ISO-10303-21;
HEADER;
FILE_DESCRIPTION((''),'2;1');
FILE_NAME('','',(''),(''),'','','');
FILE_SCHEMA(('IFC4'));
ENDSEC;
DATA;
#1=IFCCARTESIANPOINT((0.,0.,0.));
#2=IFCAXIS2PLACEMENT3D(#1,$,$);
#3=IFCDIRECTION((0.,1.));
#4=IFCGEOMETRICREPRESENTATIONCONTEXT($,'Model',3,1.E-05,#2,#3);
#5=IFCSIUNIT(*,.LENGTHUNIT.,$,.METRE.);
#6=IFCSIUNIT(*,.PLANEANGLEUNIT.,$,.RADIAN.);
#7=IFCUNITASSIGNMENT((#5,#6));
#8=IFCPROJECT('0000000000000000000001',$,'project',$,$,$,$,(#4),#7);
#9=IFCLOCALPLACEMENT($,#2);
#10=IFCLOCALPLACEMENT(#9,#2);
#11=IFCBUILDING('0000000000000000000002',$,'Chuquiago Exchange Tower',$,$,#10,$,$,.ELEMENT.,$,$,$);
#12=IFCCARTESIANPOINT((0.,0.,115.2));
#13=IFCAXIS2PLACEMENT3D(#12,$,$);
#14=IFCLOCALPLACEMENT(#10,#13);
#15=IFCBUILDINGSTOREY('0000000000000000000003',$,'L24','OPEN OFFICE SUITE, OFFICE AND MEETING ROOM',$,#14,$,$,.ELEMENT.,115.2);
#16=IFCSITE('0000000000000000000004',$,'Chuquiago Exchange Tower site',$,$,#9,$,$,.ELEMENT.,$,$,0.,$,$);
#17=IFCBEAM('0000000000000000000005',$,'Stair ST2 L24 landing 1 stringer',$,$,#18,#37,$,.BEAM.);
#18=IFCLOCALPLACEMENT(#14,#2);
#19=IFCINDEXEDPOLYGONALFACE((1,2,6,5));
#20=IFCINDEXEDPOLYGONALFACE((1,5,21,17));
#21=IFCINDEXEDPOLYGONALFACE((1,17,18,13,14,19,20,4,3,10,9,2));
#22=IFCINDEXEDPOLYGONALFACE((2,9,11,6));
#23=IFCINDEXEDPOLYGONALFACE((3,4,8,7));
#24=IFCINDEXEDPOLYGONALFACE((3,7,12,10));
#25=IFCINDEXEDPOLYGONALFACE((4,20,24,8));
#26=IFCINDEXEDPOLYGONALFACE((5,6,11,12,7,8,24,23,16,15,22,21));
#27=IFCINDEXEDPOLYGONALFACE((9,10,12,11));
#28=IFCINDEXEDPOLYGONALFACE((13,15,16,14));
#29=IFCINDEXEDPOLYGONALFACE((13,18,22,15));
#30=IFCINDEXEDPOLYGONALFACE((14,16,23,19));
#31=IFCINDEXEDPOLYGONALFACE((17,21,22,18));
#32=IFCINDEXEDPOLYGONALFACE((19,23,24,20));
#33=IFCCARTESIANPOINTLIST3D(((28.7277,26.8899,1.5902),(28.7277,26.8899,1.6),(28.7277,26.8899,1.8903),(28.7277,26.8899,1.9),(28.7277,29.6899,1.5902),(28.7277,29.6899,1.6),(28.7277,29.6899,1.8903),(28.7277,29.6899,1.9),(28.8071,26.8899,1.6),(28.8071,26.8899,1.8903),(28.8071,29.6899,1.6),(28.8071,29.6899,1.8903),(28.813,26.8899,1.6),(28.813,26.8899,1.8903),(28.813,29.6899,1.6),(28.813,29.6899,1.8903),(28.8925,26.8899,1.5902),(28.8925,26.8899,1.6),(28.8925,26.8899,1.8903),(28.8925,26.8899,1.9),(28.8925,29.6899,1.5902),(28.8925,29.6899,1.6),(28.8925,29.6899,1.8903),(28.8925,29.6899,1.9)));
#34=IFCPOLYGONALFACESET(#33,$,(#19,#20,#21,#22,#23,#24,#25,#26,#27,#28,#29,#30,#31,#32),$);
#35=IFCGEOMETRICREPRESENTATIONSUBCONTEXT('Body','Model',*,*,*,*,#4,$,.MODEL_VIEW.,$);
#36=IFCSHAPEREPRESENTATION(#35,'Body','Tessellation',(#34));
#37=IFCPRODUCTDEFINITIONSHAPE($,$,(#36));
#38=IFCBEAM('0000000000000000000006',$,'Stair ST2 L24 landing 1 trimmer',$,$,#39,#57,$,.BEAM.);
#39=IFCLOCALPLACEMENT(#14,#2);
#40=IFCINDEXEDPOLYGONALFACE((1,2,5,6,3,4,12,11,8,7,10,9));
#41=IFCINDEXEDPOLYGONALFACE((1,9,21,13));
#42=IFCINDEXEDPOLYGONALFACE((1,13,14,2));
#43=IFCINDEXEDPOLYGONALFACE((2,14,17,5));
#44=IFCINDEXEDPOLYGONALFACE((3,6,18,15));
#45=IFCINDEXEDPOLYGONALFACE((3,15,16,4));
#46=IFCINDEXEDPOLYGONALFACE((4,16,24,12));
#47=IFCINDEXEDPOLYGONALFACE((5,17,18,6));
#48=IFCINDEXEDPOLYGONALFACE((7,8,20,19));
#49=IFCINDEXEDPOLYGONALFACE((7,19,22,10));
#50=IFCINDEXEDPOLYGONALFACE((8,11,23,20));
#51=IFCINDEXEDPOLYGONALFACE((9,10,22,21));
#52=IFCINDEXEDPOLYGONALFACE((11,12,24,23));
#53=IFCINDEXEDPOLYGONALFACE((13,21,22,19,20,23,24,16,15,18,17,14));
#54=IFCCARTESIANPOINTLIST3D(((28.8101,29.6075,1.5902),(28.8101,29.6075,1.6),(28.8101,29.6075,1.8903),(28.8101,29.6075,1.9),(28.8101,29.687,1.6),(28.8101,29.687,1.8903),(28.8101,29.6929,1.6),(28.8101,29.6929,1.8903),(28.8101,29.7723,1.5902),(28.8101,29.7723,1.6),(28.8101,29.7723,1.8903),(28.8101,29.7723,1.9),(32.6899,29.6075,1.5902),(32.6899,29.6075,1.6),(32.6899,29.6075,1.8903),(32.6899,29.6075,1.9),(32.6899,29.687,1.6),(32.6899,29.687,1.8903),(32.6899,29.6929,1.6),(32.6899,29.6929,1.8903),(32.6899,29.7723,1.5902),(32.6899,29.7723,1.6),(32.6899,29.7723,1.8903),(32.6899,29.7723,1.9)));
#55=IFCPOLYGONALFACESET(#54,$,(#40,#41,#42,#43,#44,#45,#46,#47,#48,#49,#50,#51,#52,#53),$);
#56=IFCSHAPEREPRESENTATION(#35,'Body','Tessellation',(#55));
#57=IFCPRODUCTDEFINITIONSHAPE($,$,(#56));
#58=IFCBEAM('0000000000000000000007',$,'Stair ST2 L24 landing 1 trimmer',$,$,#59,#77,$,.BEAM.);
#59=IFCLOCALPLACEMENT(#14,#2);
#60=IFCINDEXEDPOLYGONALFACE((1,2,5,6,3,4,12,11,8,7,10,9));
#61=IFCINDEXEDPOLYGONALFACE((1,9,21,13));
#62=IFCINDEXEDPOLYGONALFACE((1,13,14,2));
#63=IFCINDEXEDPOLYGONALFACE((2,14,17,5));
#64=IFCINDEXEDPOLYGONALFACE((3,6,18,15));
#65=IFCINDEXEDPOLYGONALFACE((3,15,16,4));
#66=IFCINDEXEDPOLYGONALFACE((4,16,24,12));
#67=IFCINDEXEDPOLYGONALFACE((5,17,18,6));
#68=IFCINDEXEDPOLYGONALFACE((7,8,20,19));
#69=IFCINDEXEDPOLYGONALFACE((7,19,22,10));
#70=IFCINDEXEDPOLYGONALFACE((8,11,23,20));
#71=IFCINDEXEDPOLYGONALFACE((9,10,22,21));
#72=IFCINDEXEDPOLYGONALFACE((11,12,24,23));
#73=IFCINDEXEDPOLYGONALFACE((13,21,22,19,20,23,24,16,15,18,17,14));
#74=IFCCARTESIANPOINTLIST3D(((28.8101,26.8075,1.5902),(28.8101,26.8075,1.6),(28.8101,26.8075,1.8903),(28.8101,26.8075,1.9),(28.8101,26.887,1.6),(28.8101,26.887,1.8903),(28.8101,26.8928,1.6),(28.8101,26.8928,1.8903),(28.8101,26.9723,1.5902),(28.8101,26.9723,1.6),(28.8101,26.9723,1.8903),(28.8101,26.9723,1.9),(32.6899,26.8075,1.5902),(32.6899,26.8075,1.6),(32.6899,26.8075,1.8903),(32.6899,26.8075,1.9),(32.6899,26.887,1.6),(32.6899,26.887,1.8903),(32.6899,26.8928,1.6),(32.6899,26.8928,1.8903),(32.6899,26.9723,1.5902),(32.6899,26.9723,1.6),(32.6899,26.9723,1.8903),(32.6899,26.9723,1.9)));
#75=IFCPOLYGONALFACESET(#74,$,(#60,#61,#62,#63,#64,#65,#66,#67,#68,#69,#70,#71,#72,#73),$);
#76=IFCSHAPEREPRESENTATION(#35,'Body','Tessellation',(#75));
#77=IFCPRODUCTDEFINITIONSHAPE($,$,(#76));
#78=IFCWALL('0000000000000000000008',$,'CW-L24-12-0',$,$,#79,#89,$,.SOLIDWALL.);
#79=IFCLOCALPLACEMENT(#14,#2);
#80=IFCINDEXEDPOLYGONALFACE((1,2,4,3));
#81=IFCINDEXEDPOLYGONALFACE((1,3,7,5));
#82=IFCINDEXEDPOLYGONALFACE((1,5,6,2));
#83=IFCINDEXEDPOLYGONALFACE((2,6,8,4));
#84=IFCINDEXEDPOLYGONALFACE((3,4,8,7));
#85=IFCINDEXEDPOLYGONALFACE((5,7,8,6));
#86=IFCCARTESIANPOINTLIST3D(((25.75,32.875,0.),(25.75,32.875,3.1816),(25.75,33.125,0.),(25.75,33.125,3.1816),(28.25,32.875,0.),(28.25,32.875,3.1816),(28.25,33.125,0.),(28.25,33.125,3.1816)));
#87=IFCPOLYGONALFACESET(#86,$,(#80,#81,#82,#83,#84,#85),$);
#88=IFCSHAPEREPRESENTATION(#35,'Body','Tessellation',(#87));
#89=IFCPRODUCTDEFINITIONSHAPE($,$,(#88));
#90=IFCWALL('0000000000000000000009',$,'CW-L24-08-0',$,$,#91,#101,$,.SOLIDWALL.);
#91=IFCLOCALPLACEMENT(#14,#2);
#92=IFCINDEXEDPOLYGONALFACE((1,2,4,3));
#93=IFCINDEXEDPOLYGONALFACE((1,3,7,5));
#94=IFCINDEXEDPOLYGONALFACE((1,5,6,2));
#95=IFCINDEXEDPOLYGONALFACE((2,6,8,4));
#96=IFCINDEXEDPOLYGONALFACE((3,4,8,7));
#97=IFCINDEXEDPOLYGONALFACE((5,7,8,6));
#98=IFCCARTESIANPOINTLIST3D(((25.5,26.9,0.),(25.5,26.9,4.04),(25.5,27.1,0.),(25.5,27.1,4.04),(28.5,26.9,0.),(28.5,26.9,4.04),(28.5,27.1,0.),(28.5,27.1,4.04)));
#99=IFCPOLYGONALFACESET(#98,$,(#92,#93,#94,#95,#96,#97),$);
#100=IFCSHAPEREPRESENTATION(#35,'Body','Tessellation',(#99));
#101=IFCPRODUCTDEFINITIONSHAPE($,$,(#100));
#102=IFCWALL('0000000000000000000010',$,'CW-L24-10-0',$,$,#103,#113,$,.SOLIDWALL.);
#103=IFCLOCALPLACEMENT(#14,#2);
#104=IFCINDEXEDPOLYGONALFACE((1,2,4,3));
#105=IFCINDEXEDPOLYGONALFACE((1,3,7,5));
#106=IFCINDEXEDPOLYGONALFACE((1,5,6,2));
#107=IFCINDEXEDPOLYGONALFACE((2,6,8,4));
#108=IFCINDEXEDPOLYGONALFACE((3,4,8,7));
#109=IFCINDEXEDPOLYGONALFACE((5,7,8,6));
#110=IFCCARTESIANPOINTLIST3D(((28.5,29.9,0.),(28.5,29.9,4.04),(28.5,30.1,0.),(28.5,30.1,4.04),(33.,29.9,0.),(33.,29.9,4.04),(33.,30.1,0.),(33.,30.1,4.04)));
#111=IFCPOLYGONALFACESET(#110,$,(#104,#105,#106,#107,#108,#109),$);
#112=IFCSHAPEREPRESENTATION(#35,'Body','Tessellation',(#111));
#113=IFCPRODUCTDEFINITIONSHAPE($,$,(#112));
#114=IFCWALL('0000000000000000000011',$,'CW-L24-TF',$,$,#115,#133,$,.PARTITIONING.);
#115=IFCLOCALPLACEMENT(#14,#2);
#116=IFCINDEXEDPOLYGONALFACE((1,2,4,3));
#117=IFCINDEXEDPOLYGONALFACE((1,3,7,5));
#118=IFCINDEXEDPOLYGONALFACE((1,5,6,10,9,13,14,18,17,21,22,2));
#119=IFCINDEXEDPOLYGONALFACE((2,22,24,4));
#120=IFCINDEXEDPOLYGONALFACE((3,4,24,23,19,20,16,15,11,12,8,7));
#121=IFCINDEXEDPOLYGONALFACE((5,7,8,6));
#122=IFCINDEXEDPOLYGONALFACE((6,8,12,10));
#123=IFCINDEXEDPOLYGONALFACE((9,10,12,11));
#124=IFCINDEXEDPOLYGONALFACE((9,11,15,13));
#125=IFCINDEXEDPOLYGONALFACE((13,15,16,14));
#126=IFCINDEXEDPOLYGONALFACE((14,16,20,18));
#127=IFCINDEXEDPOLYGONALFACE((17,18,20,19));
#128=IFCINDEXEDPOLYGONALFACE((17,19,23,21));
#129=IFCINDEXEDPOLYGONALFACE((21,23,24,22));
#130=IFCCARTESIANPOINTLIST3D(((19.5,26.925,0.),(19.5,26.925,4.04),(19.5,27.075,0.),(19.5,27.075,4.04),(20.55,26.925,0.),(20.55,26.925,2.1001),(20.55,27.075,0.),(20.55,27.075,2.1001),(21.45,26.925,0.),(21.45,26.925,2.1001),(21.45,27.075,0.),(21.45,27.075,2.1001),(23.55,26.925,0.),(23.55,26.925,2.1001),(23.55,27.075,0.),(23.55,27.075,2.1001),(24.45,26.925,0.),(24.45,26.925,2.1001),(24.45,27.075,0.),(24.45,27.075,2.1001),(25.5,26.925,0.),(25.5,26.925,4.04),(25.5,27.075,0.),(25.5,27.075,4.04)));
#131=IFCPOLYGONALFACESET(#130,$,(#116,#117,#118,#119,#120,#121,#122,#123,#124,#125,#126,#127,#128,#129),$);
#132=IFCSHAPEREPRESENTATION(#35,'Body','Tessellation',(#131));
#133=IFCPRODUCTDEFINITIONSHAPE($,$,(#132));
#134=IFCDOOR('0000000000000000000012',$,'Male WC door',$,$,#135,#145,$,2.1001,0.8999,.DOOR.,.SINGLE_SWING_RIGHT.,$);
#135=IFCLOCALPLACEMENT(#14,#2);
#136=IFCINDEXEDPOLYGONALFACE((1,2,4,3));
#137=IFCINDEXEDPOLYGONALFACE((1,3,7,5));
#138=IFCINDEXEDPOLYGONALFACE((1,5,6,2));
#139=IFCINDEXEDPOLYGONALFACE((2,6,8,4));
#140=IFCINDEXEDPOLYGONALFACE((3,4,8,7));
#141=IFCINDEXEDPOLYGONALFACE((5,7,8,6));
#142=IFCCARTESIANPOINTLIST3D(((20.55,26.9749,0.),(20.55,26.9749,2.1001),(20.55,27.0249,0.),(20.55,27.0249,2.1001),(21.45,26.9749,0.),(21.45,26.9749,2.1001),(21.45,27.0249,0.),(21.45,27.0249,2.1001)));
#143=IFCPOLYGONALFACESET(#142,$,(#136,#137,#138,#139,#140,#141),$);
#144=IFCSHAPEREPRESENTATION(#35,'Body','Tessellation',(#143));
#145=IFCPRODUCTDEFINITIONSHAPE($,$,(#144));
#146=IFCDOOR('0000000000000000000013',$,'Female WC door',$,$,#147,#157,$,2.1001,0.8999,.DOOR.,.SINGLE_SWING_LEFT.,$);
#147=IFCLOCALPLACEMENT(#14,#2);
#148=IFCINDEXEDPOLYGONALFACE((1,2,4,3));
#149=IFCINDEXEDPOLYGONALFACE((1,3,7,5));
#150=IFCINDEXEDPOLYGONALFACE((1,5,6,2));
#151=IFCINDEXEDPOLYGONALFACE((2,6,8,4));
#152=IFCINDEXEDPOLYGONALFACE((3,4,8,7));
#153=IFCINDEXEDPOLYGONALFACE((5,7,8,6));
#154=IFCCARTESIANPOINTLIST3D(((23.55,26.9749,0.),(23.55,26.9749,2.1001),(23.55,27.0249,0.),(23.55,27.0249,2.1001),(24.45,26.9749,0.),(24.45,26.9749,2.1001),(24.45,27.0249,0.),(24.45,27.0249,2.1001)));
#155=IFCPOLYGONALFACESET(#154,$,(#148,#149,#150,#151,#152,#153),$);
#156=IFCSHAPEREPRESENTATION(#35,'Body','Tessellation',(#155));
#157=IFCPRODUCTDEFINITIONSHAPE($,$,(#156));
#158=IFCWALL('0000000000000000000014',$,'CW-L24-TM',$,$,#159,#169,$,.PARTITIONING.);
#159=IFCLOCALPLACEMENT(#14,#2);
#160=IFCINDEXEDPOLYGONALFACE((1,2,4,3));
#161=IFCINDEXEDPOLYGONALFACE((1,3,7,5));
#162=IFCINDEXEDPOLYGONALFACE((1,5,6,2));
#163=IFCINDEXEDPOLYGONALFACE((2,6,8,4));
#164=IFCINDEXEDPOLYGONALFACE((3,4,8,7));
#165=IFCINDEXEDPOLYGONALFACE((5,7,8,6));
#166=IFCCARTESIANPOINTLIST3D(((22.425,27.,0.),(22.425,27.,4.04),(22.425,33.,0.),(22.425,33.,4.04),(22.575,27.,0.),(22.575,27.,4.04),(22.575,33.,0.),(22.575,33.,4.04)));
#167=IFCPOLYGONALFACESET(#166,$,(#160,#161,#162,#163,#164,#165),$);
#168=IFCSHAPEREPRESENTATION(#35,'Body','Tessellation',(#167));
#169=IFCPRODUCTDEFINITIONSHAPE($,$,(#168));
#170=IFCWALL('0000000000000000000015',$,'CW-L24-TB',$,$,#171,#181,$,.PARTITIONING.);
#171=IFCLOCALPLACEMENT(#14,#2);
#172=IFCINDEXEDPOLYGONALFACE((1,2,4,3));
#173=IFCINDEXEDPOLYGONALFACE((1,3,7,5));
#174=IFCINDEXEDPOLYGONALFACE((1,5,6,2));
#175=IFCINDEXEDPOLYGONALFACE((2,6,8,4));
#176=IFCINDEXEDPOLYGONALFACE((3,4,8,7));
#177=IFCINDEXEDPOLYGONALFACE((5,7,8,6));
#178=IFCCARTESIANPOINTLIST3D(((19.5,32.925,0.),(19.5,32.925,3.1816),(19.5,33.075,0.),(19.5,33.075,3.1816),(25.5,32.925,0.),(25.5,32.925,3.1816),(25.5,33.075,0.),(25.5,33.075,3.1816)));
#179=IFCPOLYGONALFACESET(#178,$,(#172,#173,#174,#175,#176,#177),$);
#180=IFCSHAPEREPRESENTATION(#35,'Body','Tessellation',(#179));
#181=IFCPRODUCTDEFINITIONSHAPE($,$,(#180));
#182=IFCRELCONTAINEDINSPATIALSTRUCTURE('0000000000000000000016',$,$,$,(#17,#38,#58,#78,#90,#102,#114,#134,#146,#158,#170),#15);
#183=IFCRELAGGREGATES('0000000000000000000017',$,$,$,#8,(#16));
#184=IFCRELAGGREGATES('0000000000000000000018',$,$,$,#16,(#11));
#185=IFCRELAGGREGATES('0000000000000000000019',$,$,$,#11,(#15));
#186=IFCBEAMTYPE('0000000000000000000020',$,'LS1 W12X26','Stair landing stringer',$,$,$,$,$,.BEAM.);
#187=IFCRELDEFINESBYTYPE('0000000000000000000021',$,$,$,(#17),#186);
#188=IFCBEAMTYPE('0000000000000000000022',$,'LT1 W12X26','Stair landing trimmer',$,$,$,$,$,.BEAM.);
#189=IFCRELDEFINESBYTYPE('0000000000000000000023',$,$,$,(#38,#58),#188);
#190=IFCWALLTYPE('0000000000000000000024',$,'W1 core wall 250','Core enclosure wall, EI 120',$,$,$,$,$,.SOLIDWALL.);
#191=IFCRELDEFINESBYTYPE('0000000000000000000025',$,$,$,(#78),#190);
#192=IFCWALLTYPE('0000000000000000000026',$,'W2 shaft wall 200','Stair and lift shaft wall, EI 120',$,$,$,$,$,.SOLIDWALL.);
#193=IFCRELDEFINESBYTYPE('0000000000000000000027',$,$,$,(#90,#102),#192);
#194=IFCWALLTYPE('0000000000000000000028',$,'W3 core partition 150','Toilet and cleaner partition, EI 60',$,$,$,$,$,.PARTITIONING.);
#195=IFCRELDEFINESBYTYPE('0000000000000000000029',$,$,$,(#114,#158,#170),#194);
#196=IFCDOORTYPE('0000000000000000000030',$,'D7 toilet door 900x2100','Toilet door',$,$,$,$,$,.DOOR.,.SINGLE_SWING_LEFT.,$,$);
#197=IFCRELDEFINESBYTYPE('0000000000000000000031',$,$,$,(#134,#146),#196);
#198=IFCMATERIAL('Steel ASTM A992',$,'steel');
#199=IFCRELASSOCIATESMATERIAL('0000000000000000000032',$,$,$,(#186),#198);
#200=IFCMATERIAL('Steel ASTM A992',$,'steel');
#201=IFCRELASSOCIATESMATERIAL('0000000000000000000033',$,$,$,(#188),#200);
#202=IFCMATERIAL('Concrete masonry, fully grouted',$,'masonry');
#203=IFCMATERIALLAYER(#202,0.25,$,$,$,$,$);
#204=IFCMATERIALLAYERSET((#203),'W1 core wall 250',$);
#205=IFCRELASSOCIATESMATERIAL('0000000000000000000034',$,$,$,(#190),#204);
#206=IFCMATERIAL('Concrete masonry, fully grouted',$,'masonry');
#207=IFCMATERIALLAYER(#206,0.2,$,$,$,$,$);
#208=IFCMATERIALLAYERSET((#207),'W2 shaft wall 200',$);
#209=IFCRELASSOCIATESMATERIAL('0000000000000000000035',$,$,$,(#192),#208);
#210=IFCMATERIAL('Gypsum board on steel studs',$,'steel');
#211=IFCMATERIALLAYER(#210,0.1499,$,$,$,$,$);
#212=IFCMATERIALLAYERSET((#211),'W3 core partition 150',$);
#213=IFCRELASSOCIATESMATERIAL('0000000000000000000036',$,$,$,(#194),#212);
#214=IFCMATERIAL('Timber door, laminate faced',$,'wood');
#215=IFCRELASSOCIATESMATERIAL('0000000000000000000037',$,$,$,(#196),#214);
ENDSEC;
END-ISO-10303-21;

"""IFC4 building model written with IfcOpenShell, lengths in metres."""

from ifc_helpers import new_model, si_unit, direction, frame, frame_2d, origin, origin_2d, place, context, subcontext, project, spatial, rectangle, i_section, extrude, material, layer, layer_set, material_profile, profile_set, type_object, element, fill, save


model = new_model("IFC4")

# Units and contexts
model_context = context("Model", 3, precision=1e-05, world=origin(), true_north=direction((0.0, 1.0)))
body_context = subcontext(model_context, "Body", "Model", "MODEL_VIEW")
ifc_project = project(units=[si_unit("LENGTHUNIT", "METRE"), si_unit("PLANEANGLEUNIT", "RADIAN")], contexts=[model_context])

# Site, building, storey
site_placement = place(None, origin())
site = spatial("IfcSite", under=ifc_project, at=site_placement, Name="Chuquiago Exchange Tower site", CompositionType="ELEMENT", RefElevation=0.0)
building_placement = place(site_placement, origin())
building = spatial("IfcBuilding", under=site, at=building_placement, Name="Chuquiago Exchange Tower", CompositionType="ELEMENT")
storey_placement = place(building_placement, frame((0.0, 0.0, 115.2)))
storey = spatial("IfcBuildingStorey", under=building, at=storey_placement, Name="L24", Description="OPEN OFFICE SUITE, OFFICE AND MEETING ROOM", CompositionType="ELEMENT", Elevation=115.2)

# Beams
ifc_material_1 = material(Name="Steel ASTM A992", Category="steel")
ifc_material_profile_1 = material_profile(ifc_material_1, i_section(OverallWidth=0.1648, OverallDepth=0.3098, WebThickness=0.0059, FlangeThickness=0.0098, at=origin_2d()), Name="W12X26")
ifc_profile_set_1 = profile_set([ifc_material_profile_1], Name="Steel ASTM A992")
beam_type_1 = type_object("IfcBeamType", Name="LS1 W12X26", Description="Stair landing stringer", PredefinedType="BEAM", material=ifc_profile_set_1)
beam_1_placement = place(storey_placement, frame((28.8101, 26.8899, 1.7451), z_axis=(0.0, 1.0, 0.0), x_axis=(-1.0, 0.0, 0.0)))
element("IfcBeam", 1, at=beam_1_placement, inside=storey, type_object=beam_type_1, Name="Stair ST2 L24 landing 1 stringer", PredefinedType="BEAM", context=body_context, shape_type="SweptSolid", body=[
    extrude(i_section(OverallWidth=0.1648, OverallDepth=0.3098, WebThickness=0.0059, FlangeThickness=0.0098, at=origin_2d()), origin(), (0.0, 0.0, 1.0), 2.8),
])
ifc_material_2 = material(Name="Steel ASTM A992", Category="steel")
ifc_material_profile_2 = material_profile(ifc_material_2, i_section(OverallWidth=0.1648, OverallDepth=0.3098, WebThickness=0.0059, FlangeThickness=0.0098, at=origin_2d()), Name="W12X26")
ifc_profile_set_2 = profile_set([ifc_material_profile_2], Name="Steel ASTM A992")
beam_type_2 = type_object("IfcBeamType", Name="LT1 W12X26", Description="Stair landing trimmer", PredefinedType="BEAM", material=ifc_profile_set_2)
for number, where, z_axis, x_axis, name in (
    (2, (28.8101, 29.6899, 1.7451), (1.0, 0.0, 0.0), (0.0, 1.0, 0.0), "Stair ST2 L24 landing 1 trimmer"),
    (3, (28.8101, 26.8899, 1.7451), (1.0, 0.0, 0.0), (0.0, 1.0, 0.0), "Stair ST2 L24 landing 1 trimmer"),
):
    element("IfcBeam", number, at=place(storey_placement, frame(where, z_axis=z_axis, x_axis=x_axis)), inside=storey, type_object=beam_type_2, Name=name, PredefinedType="BEAM", context=body_context, shape_type="SweptSolid", body=[
        extrude(i_section(OverallWidth=0.1648, OverallDepth=0.3098, WebThickness=0.0059, FlangeThickness=0.0098, at=origin_2d()), origin(), (0.0, 0.0, 1.0), 3.8799),
    ])

# Walls
ifc_material_3 = material(Name="Concrete masonry, fully grouted", Category="masonry")
ifc_layer_1 = layer(ifc_material_3, 0.25)
ifc_layer_set_1 = layer_set([ifc_layer_1], Name="W1 core wall 250")
wall_type_1 = type_object("IfcWallType", Name="W1 core wall 250", Description="Core enclosure wall, EI 120", PredefinedType="SOLIDWALL", material=ifc_layer_set_1)
wall_1_placement = place(storey_placement, frame((25.75, 33.0, 0.0), z_axis=(0.0, 0.0, 1.0), x_axis=(1.0, 0.0, 0.0)))
element("IfcWall", 4, at=wall_1_placement, inside=storey, type_object=wall_type_1, Name="CW-L24-12-0", PredefinedType="SOLIDWALL", context=body_context, shape_type="SweptSolid", body=[
    extrude(rectangle(XDim=2.5, YDim=0.25, at=frame_2d((1.25, 0.0))), origin(), (0.0, 0.0, 1.0), 3.1816),
])
ifc_material_4 = material(Name="Concrete masonry, fully grouted", Category="masonry")
ifc_layer_2 = layer(ifc_material_4, 0.2)
ifc_layer_set_2 = layer_set([ifc_layer_2], Name="W2 shaft wall 200")
wall_type_2 = type_object("IfcWallType", Name="W2 shaft wall 200", Description="Stair and lift shaft wall, EI 120", PredefinedType="SOLIDWALL", material=ifc_layer_set_2)
wall_2_placement = place(storey_placement, frame((25.5, 27.0, 0.0), z_axis=(0.0, 0.0, 1.0), x_axis=(1.0, 0.0, 0.0)))
element("IfcWall", 5, at=wall_2_placement, inside=storey, type_object=wall_type_2, Name="CW-L24-08-0", PredefinedType="SOLIDWALL", context=body_context, shape_type="SweptSolid", body=[
    extrude(rectangle(XDim=3.0, YDim=0.2, at=frame_2d((1.5, 0.0))), origin(), (0.0, 0.0, 1.0), 4.04),
])
wall_3_placement = place(storey_placement, frame((28.5, 30.0, 0.0), z_axis=(0.0, 0.0, 1.0), x_axis=(1.0, 0.0, 0.0)))
element("IfcWall", 6, at=wall_3_placement, inside=storey, type_object=wall_type_2, Name="CW-L24-10-0", PredefinedType="SOLIDWALL", context=body_context, shape_type="SweptSolid", body=[
    extrude(rectangle(XDim=4.5, YDim=0.2, at=frame_2d((2.25, 0.0))), origin(), (0.0, 0.0, 1.0), 4.04),
])

# Wall, openings, doors
ifc_material_5 = material(Name="Gypsum board on steel studs", Category="steel")
ifc_layer_3 = layer(ifc_material_5, 0.1499)
ifc_layer_set_3 = layer_set([ifc_layer_3], Name="W3 core partition 150")
wall_type_3 = type_object("IfcWallType", Name="W3 core partition 150", Description="Toilet and cleaner partition, EI 60", PredefinedType="PARTITIONING", material=ifc_layer_set_3)
wall_4_placement = place(storey_placement, frame((19.5, 27.0, 0.0), z_axis=(0.0, 0.0, 1.0), x_axis=(1.0, 0.0, 0.0)))
wall_4 = element("IfcWall", 7, at=wall_4_placement, inside=storey, type_object=wall_type_3, Name="CW-L24-TF", PredefinedType="PARTITIONING", context=body_context, shape_type="SweptSolid", body=[
    extrude(rectangle(XDim=6.0, YDim=0.1499, at=frame_2d((3.0, 0.0))), origin(), (0.0, 0.0, 1.0), 4.04),
])
opening_1_placement = place(wall_4_placement, frame((1.05, 0.0, 0.0)))
opening_1 = element("IfcOpeningElement", 8, at=opening_1_placement, cuts=wall_4, PredefinedType="OPENING", context=body_context, shape_type="SweptSolid", body=[
    extrude(rectangle(XDim=0.8999, YDim=2.1001, at=frame_2d((0.45, 1.05))), frame((0.0, 0.085, 0.0), z_axis=(0.0, -1.0, 0.0), x_axis=(1.0, 0.0, 0.0)), (0.0, 0.0, 1.0), 0.1699),
])
opening_2_placement = place(wall_4_placement, frame((4.05, 0.0, 0.0)))
opening_2 = element("IfcOpeningElement", 9, at=opening_2_placement, cuts=wall_4, PredefinedType="OPENING", context=body_context, shape_type="SweptSolid", body=[
    extrude(rectangle(XDim=0.8999, YDim=2.1001, at=frame_2d((0.45, 1.05))), frame((0.0, 0.085, 0.0), z_axis=(0.0, -1.0, 0.0), x_axis=(1.0, 0.0, 0.0)), (0.0, 0.0, 1.0), 0.1699),
])
ifc_material_6 = material(Name="Timber door, laminate faced", Category="wood")
door_type = type_object("IfcDoorType", Name="D7 toilet door 900x2100", Description="Toilet door", OperationType="SINGLE_SWING_LEFT", PredefinedType="DOOR", material=ifc_material_6)
door_1_placement = place(opening_1_placement, origin())
door_1 = element("IfcDoor", 10, at=door_1_placement, inside=storey, type_object=door_type, Name="Male WC door", OperationType="SINGLE_SWING_RIGHT", OverallHeight=2.1001, OverallWidth=0.8999, PredefinedType="DOOR", context=body_context, shape_type="SweptSolid", body=[
    extrude(rectangle(XDim=0.8999, YDim=2.1001, at=frame_2d((0.45, 1.05))), frame((0.0, 0.0249, 0.0), z_axis=(0.0, -1.0, 0.0), x_axis=(1.0, 0.0, 0.0)), (0.0, 0.0, 1.0), 0.05),
])
fill(opening_1, door_1)
door_2_placement = place(opening_2_placement, origin())
door_2 = element("IfcDoor", 11, at=door_2_placement, inside=storey, type_object=door_type, Name="Female WC door", OperationType="SINGLE_SWING_LEFT", OverallHeight=2.1001, OverallWidth=0.8999, PredefinedType="DOOR", context=body_context, shape_type="SweptSolid", body=[
    extrude(rectangle(XDim=0.8999, YDim=2.1001, at=frame_2d((0.45, 1.05))), frame((0.0, 0.0249, 0.0), z_axis=(0.0, -1.0, 0.0), x_axis=(1.0, 0.0, 0.0)), (0.0, 0.0, 1.0), 0.05),
])
fill(opening_2, door_2)

# Walls
wall_5_placement = place(storey_placement, frame((22.5, 27.0, 0.0), z_axis=(0.0, 0.0, 1.0), x_axis=(0.0, 1.0, 0.0)))
element("IfcWall", 12, at=wall_5_placement, inside=storey, type_object=wall_type_3, Name="CW-L24-TM", PredefinedType="PARTITIONING", context=body_context, shape_type="SweptSolid", body=[
    extrude(rectangle(XDim=6.0, YDim=0.1499, at=frame_2d((3.0, 0.0))), origin(), (0.0, 0.0, 1.0), 4.04),
])
wall_6_placement = place(storey_placement, frame((19.5, 33.0, 0.0), z_axis=(0.0, 0.0, 1.0), x_axis=(1.0, 0.0, 0.0)))
element("IfcWall", 13, at=wall_6_placement, inside=storey, type_object=wall_type_3, Name="CW-L24-TB", PredefinedType="PARTITIONING", context=body_context, shape_type="SweptSolid", body=[
    extrude(rectangle(XDim=6.0, YDim=0.1499, at=frame_2d((3.0, 0.0))), origin(), (0.0, 0.0, 1.0), 3.1816),
])

save(model, "model.ifc")
